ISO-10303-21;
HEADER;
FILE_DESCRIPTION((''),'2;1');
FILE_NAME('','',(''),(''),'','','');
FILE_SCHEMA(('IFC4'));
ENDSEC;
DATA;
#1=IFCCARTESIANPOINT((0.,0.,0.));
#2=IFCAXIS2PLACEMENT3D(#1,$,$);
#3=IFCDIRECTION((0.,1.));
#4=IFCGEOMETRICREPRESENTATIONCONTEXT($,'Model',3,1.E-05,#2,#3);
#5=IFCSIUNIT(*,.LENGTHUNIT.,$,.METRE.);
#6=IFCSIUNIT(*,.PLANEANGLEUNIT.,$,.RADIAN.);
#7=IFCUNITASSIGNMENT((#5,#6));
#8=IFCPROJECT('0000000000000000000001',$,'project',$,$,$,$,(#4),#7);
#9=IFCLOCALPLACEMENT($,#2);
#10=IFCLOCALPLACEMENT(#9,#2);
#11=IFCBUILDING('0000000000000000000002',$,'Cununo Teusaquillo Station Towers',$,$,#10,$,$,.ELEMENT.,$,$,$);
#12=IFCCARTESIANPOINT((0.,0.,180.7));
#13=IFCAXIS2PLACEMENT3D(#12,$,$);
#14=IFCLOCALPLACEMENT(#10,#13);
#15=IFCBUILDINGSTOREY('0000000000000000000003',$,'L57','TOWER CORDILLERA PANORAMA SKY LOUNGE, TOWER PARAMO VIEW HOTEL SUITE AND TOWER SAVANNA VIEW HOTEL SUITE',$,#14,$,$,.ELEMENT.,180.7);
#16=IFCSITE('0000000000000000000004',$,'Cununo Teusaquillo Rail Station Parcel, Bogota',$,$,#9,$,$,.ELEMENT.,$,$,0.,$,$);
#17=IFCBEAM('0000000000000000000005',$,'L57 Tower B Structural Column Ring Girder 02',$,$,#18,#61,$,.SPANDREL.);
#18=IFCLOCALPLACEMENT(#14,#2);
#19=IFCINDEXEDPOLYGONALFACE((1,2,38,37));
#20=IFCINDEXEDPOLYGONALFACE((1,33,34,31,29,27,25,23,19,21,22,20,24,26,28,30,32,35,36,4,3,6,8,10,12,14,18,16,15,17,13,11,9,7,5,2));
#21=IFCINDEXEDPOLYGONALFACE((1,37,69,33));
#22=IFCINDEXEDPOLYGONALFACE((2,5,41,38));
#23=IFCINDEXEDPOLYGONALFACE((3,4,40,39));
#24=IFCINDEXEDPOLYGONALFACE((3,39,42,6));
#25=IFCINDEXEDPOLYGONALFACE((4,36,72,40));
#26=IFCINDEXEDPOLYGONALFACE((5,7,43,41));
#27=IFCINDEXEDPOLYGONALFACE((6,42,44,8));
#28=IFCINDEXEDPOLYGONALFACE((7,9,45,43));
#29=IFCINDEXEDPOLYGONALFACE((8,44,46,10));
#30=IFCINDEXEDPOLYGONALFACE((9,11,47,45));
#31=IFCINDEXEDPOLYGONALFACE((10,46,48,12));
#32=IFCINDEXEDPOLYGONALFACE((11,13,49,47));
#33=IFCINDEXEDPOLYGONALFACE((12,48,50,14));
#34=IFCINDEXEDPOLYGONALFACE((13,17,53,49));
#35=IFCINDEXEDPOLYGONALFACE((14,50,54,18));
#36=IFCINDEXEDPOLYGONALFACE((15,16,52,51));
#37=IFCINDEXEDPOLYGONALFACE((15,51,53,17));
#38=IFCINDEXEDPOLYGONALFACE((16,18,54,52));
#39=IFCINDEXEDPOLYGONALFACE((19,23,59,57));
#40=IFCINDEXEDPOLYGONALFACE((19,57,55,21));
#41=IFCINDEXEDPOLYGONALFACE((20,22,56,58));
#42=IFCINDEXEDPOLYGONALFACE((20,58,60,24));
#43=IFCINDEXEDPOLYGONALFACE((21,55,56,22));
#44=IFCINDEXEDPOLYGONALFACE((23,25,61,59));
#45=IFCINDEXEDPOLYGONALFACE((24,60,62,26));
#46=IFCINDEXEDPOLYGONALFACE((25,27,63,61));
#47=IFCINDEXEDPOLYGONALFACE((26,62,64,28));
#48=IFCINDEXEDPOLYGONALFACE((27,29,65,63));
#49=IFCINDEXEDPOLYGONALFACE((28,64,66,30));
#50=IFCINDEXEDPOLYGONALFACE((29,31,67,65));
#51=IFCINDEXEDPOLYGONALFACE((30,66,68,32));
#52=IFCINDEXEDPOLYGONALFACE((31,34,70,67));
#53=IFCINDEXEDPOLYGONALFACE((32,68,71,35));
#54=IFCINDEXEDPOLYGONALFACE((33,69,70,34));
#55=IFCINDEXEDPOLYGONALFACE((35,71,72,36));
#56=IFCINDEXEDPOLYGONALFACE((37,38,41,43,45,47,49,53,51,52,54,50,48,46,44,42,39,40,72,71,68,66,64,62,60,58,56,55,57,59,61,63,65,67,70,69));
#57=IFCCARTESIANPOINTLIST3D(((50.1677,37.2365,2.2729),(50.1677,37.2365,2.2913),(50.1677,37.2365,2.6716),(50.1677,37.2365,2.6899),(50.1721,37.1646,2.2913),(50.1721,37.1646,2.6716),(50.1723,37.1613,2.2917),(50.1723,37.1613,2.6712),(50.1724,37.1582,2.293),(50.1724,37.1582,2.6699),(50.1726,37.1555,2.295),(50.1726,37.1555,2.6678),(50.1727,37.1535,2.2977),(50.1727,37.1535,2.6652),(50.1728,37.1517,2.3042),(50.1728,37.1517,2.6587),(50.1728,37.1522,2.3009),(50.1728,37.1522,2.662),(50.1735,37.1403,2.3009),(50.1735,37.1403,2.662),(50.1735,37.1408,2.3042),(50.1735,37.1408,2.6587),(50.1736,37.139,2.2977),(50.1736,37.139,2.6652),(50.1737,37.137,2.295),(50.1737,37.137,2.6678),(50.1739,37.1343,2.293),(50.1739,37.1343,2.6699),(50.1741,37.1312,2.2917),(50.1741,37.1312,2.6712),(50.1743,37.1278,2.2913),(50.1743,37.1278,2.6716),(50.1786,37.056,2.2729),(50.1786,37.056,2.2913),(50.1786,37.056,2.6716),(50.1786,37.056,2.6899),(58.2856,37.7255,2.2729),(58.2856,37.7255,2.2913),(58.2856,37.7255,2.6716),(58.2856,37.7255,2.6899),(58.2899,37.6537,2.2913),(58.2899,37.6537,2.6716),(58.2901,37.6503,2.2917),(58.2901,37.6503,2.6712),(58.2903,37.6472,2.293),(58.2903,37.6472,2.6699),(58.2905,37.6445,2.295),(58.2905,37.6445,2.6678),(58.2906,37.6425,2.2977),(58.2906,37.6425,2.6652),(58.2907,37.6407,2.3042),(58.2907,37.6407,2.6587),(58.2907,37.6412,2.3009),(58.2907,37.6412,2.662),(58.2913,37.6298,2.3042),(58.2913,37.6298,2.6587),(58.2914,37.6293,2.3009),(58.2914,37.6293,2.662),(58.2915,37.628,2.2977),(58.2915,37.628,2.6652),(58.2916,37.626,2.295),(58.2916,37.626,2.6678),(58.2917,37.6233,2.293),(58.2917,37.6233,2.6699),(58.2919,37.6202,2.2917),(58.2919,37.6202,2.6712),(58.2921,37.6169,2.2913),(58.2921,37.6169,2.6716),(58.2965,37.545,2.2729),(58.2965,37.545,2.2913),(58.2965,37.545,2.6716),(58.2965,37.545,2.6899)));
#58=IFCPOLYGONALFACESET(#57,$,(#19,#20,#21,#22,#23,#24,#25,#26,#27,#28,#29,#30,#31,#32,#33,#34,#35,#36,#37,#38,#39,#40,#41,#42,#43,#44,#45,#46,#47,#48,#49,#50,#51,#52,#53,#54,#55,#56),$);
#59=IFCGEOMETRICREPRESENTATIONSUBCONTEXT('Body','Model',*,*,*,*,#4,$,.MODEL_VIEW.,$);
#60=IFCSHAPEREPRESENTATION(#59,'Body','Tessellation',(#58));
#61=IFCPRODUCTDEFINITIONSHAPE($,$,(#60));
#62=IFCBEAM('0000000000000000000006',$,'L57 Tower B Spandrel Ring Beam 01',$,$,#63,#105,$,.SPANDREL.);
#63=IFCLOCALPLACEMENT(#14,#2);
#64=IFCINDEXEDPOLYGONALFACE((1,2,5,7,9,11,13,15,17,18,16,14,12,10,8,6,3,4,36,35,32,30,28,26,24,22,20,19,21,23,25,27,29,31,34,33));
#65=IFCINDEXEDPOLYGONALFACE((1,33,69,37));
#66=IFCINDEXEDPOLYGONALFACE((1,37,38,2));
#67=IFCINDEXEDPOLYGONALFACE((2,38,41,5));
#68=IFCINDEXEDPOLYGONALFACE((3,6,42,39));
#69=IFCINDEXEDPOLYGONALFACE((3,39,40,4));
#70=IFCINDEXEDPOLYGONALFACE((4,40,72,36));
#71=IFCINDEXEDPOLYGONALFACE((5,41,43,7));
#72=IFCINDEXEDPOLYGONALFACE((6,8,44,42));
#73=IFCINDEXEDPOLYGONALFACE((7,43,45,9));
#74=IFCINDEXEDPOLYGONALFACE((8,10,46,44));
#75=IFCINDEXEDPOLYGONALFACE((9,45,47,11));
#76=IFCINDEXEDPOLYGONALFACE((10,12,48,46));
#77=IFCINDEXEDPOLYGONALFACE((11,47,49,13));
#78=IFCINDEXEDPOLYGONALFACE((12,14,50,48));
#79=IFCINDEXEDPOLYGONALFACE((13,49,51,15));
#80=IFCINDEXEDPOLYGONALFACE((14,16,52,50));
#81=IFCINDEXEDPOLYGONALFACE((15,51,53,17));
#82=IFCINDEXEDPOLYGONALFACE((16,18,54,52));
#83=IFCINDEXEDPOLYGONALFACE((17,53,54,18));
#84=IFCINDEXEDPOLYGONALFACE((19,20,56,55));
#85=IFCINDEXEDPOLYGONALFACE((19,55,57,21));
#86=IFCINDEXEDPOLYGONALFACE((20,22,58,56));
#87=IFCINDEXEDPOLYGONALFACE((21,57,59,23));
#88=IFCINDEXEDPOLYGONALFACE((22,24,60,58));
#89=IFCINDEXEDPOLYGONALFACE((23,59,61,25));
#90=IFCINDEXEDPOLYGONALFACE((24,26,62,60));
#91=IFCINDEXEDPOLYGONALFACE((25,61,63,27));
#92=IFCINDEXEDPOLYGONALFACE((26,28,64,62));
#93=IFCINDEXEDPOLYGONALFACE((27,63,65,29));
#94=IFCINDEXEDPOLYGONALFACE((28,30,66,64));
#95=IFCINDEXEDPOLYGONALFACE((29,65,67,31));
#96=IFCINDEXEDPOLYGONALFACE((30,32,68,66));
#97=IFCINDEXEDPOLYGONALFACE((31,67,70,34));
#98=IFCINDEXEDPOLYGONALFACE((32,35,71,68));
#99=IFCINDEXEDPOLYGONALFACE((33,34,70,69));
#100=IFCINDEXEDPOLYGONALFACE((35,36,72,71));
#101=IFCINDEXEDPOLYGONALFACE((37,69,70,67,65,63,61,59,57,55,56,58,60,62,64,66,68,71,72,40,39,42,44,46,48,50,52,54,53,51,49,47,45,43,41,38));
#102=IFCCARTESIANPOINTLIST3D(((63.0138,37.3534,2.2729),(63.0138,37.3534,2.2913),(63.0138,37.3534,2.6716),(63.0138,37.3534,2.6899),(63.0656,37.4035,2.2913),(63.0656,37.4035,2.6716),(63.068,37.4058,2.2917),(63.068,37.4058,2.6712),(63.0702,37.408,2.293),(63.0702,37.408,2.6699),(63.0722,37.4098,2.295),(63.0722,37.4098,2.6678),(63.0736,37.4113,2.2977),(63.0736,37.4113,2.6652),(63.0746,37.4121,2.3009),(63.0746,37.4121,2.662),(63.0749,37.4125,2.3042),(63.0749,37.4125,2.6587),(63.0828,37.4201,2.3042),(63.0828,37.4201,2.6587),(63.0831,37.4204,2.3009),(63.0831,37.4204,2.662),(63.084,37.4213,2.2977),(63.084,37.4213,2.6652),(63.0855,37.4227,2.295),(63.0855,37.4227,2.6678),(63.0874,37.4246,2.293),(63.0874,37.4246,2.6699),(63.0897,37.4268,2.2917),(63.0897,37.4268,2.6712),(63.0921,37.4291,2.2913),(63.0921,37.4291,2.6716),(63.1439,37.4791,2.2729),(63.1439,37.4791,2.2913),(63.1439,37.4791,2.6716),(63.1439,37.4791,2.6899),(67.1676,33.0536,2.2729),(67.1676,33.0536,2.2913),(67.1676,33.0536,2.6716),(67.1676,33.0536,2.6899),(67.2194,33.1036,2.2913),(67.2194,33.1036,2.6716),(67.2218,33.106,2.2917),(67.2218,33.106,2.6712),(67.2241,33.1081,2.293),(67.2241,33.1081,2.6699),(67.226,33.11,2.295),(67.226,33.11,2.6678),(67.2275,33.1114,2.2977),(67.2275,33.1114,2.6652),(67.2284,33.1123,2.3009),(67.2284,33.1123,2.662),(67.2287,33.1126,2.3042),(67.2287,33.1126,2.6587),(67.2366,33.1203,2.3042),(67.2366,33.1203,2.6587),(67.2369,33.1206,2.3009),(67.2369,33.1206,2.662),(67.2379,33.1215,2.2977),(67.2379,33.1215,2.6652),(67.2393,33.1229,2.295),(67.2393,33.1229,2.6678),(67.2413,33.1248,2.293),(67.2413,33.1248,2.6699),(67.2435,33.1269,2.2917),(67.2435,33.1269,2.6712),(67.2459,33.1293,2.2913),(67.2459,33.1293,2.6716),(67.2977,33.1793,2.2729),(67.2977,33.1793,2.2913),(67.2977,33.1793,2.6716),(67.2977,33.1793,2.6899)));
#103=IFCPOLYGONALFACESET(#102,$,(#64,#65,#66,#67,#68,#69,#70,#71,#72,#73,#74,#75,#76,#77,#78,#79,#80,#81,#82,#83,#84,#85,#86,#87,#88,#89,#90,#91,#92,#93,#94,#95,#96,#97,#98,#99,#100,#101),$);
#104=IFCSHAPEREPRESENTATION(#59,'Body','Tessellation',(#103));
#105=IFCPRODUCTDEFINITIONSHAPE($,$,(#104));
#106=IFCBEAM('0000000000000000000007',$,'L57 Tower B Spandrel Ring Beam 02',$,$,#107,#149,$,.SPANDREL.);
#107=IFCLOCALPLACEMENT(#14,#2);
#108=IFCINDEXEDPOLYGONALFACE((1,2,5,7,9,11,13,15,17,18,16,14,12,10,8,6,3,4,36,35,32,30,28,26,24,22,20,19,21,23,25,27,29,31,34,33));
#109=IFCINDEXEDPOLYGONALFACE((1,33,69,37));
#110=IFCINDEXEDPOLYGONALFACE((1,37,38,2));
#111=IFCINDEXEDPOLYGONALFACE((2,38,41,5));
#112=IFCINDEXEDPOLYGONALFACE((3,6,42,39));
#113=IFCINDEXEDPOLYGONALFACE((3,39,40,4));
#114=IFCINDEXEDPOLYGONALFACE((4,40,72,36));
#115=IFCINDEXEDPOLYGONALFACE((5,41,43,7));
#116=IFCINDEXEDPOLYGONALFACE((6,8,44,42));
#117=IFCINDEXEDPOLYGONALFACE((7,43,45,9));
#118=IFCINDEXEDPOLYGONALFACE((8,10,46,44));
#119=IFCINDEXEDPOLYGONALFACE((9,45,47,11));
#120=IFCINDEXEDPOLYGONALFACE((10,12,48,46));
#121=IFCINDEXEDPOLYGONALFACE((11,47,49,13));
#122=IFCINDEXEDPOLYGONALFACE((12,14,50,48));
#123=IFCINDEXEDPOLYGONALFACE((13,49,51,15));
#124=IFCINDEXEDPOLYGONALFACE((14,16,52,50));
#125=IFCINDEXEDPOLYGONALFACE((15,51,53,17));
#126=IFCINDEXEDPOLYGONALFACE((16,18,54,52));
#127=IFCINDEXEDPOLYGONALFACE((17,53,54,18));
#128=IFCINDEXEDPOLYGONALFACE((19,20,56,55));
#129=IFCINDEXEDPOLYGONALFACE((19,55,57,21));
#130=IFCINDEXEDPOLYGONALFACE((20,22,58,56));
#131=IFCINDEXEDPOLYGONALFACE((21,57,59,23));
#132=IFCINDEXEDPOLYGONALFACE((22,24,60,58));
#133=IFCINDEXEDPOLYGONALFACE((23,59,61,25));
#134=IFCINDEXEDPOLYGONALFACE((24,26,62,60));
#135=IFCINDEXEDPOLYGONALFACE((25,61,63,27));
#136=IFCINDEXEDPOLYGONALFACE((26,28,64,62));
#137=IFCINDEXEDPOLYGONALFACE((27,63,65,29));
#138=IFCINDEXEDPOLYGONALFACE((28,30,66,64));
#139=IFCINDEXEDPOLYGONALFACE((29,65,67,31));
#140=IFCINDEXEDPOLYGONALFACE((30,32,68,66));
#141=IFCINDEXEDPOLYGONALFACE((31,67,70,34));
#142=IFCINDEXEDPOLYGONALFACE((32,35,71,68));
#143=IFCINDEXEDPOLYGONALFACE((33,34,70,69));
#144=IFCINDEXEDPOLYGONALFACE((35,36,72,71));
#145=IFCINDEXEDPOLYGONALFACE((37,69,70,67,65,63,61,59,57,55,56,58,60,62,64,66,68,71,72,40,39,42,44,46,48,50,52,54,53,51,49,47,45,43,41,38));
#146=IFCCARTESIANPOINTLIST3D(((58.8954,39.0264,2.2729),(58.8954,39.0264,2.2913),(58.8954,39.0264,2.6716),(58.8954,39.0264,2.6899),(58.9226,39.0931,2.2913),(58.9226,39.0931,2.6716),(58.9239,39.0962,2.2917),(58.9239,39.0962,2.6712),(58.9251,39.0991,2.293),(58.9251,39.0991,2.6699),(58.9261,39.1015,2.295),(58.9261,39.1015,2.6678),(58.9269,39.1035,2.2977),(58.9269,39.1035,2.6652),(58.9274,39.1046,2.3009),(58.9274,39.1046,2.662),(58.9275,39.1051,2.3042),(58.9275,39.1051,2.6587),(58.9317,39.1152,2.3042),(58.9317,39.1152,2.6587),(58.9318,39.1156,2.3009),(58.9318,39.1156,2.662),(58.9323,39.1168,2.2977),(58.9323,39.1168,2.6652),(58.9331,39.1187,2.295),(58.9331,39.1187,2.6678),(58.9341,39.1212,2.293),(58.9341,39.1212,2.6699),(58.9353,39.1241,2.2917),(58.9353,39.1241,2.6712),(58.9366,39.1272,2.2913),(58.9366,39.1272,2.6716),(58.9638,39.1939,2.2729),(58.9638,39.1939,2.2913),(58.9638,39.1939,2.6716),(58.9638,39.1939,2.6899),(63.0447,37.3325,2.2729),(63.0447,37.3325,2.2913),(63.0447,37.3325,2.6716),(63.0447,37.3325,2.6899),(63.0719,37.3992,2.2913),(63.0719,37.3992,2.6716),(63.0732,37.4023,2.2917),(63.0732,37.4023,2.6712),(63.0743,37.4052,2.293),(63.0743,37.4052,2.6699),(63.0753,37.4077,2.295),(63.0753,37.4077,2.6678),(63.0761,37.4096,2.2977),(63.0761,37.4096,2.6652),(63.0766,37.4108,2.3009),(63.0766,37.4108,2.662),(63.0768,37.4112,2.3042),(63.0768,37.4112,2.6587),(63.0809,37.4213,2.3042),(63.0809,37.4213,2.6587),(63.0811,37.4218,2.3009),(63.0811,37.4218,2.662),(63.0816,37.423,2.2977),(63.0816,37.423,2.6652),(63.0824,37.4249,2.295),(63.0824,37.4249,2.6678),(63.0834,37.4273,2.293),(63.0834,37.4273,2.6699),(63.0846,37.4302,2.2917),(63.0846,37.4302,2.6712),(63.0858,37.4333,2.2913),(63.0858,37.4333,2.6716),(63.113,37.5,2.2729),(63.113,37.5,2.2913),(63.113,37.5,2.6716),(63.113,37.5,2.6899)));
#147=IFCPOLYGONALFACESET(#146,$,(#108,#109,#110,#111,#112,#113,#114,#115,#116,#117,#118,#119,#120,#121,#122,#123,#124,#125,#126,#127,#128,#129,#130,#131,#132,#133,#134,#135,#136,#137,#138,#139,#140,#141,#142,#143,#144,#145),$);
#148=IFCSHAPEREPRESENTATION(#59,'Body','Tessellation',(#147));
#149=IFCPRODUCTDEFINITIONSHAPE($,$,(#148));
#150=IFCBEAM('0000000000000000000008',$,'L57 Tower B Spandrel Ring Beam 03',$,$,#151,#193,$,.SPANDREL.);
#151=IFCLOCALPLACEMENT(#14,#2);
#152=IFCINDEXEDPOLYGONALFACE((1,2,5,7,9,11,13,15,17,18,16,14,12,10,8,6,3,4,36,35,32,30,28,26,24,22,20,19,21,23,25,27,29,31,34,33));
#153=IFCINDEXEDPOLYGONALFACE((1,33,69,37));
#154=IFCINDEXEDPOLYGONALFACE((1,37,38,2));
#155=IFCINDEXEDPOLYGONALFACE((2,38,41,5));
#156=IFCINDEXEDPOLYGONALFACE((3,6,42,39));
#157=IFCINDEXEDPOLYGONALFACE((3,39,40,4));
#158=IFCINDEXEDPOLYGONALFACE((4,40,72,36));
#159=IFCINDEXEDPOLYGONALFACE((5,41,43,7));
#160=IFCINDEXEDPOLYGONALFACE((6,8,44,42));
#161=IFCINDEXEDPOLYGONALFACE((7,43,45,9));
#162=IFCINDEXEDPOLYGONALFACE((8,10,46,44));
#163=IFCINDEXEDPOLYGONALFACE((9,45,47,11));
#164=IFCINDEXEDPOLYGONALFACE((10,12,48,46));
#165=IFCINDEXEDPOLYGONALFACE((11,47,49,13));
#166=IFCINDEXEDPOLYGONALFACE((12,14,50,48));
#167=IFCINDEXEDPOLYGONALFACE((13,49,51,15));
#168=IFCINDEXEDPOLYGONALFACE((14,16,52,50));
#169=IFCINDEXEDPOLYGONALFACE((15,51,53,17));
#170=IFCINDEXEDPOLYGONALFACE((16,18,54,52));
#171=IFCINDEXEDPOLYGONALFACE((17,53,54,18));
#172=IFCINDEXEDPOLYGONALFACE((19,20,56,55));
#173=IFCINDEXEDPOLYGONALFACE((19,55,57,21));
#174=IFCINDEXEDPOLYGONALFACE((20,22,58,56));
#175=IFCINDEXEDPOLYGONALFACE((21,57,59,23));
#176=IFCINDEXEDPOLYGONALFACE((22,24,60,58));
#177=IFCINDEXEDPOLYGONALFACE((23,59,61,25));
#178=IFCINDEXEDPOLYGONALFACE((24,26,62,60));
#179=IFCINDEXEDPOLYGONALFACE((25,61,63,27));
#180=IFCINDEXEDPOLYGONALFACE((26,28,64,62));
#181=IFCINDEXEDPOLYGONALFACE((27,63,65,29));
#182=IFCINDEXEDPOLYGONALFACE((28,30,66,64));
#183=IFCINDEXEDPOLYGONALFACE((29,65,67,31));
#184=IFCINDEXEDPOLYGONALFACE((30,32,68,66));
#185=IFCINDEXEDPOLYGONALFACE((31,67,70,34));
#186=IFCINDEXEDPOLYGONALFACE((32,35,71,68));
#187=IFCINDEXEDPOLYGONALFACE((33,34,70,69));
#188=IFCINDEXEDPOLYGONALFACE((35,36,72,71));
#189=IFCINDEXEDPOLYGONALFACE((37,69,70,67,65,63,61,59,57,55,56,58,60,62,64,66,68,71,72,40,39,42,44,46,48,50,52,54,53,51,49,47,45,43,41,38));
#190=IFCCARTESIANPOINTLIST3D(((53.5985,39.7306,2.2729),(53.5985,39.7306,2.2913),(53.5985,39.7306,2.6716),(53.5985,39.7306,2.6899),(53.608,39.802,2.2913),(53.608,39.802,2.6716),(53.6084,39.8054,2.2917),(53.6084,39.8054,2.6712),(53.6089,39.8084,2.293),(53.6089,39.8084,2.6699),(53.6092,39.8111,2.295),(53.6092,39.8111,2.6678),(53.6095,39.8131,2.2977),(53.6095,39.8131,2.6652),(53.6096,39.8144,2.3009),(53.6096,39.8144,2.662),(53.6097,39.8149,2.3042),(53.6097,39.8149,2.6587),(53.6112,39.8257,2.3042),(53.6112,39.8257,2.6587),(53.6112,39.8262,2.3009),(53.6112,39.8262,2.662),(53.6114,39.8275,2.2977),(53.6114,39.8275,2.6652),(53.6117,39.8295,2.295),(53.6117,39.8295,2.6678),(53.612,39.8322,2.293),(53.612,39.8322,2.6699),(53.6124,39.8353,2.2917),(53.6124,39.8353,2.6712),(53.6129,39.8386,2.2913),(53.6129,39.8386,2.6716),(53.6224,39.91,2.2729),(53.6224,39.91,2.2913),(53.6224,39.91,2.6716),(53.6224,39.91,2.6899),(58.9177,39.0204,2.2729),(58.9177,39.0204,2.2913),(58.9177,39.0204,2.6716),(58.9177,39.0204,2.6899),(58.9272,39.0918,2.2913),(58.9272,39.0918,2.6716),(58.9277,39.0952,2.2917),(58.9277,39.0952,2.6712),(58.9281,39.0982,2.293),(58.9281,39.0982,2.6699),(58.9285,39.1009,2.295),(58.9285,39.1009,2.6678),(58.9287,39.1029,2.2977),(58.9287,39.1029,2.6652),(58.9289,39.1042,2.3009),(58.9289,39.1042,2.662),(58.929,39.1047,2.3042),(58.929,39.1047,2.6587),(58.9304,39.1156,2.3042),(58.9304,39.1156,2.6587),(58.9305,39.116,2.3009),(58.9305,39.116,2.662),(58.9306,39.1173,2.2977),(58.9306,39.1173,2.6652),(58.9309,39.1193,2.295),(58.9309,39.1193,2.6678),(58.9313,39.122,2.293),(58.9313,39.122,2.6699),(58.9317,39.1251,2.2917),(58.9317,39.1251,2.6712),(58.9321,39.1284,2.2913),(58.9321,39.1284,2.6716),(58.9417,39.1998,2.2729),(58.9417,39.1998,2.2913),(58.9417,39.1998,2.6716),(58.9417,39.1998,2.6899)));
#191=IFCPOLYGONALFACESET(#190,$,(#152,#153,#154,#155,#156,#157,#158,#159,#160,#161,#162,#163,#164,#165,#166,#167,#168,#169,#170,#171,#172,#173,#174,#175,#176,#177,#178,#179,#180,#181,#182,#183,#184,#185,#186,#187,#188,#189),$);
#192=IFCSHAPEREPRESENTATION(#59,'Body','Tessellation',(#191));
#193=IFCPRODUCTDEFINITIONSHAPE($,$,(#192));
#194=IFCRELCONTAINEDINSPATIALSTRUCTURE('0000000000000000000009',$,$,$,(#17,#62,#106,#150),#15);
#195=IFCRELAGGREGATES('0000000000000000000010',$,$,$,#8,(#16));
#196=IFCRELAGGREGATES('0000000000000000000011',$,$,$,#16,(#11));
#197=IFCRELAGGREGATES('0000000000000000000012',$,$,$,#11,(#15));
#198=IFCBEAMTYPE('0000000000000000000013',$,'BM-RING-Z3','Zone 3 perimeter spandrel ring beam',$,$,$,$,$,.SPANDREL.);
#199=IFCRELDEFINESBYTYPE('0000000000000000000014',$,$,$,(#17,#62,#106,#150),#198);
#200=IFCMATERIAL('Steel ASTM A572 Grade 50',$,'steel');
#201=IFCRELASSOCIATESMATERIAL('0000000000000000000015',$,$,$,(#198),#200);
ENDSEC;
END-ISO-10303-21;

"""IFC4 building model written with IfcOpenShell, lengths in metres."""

from ifc_helpers import new_model, si_unit, direction, frame, origin, origin_2d, place, context, subcontext, project, spatial, i_section, extrude, material, material_profile, profile_set, type_object, element, save


model = new_model("IFC4")

# Units and contexts
model_context = context("Model", 3, precision=1e-05, world=origin(), true_north=direction((0.0, 1.0)))
body_context = subcontext(model_context, "Body", "Model", "MODEL_VIEW")
ifc_project = project(units=[si_unit("LENGTHUNIT", "METRE"), si_unit("PLANEANGLEUNIT", "RADIAN")], contexts=[model_context])

# Site, building, storey
site_placement = place(None, origin())
site = spatial("IfcSite", under=ifc_project, at=site_placement, Name="Cununo Teusaquillo Rail Station Parcel, Bogota", CompositionType="ELEMENT", RefElevation=0.0)
building_placement = place(site_placement, origin())
building = spatial("IfcBuilding", under=site, at=building_placement, Name="Cununo Teusaquillo Station Towers", CompositionType="ELEMENT")
storey_placement = place(building_placement, frame((0.0, 0.0, 180.7)))
storey = spatial("IfcBuildingStorey", under=building, at=storey_placement, Name="L57", Description="TOWER CORDILLERA PANORAMA SKY LOUNGE, TOWER PARAMO VIEW HOTEL SUITE AND TOWER SAVANNA VIEW HOTEL SUITE", CompositionType="ELEMENT", Elevation=180.7)

# Beams
ifc_material_1 = material(Name="Steel ASTM A572 Grade 50", Category="steel")
ifc_material_profile_1 = material_profile(ifc_material_1, i_section(OverallWidth=0.1809, OverallDepth=0.417, WebThickness=0.011, FlangeThickness=0.0183, FilletRadius=0.0129, at=origin_2d()), Name="W16X57")
ifc_profile_set_1 = profile_set([ifc_material_profile_1], Name="Steel ASTM A572 Grade 50")
beam_type_1 = type_object("IfcBeamType", Name="BM-RING-Z3", Description="Zone 3 perimeter spandrel ring beam", PredefinedType="SPANDREL", material=ifc_profile_set_1)
beam_1_placement = place(storey_placement, frame((58.291, 37.6353, 2.4814), z_axis=(-0.998191, -0.06013, 0.0), x_axis=(0.06013, -0.998191, 0.0)))
element("IfcBeam", 1, at=beam_1_placement, inside=storey, type_object=beam_type_1, Name="L57 Tower B Structural Column Ring Girder 02", PredefinedType="SPANDREL", context=body_context, shape_type="SweptSolid", body=[
    extrude(i_section(OverallWidth=0.1809, OverallDepth=0.417, WebThickness=0.011, FlangeThickness=0.0183, FilletRadius=0.0129, at=origin_2d()), origin(), (0.0, 0.0, 1.0), 8.1326),
])
beam_2_placement = place(storey_placement, frame((67.2327, 33.1165, 2.4814), z_axis=(-0.694791, 0.719211, 0.0), x_axis=(-0.719211, -0.694791, 0.0)))
element("IfcBeam", 2, at=beam_2_placement, inside=storey, type_object=beam_type_1, Name="L57 Tower B Spandrel Ring Beam 01", PredefinedType="SPANDREL", context=body_context, shape_type="SweptSolid", body=[
    extrude(i_section(OverallWidth=0.1809, OverallDepth=0.417, WebThickness=0.011, FlangeThickness=0.0183, FilletRadius=0.0129, at=origin_2d()), origin(), (0.0, 0.0, 1.0), 5.9785),
])
beam_3_placement = place(storey_placement, frame((63.0789, 37.4163, 2.4814), z_axis=(-0.925824, 0.377956, 0.0), x_axis=(-0.377956, -0.925824, 0.0)))
element("IfcBeam", 3, at=beam_3_placement, inside=storey, type_object=beam_type_1, Name="L57 Tower B Spandrel Ring Beam 02", PredefinedType="SPANDREL", context=body_context, shape_type="SweptSolid", body=[
    extrude(i_section(OverallWidth=0.1809, OverallDepth=0.417, WebThickness=0.011, FlangeThickness=0.0183, FilletRadius=0.0129, at=origin_2d()), origin(), (0.0, 0.0, 1.0), 4.4817),
])
beam_4_placement = place(storey_placement, frame((58.9297, 39.1101, 2.4814), z_axis=(-0.991204, 0.13234, 0.0), x_axis=(-0.13234, -0.991204, 0.0)))
element("IfcBeam", 4, at=beam_4_placement, inside=storey, type_object=beam_type_1, Name="L57 Tower B Spandrel Ring Beam 03", PredefinedType="SPANDREL", context=body_context, shape_type="SweptSolid", body=[
    extrude(i_section(OverallWidth=0.1809, OverallDepth=0.417, WebThickness=0.011, FlangeThickness=0.0183, FilletRadius=0.0129, at=origin_2d()), origin(), (0.0, 0.0, 1.0), 5.3665),
])

save(model, "model.ifc")
